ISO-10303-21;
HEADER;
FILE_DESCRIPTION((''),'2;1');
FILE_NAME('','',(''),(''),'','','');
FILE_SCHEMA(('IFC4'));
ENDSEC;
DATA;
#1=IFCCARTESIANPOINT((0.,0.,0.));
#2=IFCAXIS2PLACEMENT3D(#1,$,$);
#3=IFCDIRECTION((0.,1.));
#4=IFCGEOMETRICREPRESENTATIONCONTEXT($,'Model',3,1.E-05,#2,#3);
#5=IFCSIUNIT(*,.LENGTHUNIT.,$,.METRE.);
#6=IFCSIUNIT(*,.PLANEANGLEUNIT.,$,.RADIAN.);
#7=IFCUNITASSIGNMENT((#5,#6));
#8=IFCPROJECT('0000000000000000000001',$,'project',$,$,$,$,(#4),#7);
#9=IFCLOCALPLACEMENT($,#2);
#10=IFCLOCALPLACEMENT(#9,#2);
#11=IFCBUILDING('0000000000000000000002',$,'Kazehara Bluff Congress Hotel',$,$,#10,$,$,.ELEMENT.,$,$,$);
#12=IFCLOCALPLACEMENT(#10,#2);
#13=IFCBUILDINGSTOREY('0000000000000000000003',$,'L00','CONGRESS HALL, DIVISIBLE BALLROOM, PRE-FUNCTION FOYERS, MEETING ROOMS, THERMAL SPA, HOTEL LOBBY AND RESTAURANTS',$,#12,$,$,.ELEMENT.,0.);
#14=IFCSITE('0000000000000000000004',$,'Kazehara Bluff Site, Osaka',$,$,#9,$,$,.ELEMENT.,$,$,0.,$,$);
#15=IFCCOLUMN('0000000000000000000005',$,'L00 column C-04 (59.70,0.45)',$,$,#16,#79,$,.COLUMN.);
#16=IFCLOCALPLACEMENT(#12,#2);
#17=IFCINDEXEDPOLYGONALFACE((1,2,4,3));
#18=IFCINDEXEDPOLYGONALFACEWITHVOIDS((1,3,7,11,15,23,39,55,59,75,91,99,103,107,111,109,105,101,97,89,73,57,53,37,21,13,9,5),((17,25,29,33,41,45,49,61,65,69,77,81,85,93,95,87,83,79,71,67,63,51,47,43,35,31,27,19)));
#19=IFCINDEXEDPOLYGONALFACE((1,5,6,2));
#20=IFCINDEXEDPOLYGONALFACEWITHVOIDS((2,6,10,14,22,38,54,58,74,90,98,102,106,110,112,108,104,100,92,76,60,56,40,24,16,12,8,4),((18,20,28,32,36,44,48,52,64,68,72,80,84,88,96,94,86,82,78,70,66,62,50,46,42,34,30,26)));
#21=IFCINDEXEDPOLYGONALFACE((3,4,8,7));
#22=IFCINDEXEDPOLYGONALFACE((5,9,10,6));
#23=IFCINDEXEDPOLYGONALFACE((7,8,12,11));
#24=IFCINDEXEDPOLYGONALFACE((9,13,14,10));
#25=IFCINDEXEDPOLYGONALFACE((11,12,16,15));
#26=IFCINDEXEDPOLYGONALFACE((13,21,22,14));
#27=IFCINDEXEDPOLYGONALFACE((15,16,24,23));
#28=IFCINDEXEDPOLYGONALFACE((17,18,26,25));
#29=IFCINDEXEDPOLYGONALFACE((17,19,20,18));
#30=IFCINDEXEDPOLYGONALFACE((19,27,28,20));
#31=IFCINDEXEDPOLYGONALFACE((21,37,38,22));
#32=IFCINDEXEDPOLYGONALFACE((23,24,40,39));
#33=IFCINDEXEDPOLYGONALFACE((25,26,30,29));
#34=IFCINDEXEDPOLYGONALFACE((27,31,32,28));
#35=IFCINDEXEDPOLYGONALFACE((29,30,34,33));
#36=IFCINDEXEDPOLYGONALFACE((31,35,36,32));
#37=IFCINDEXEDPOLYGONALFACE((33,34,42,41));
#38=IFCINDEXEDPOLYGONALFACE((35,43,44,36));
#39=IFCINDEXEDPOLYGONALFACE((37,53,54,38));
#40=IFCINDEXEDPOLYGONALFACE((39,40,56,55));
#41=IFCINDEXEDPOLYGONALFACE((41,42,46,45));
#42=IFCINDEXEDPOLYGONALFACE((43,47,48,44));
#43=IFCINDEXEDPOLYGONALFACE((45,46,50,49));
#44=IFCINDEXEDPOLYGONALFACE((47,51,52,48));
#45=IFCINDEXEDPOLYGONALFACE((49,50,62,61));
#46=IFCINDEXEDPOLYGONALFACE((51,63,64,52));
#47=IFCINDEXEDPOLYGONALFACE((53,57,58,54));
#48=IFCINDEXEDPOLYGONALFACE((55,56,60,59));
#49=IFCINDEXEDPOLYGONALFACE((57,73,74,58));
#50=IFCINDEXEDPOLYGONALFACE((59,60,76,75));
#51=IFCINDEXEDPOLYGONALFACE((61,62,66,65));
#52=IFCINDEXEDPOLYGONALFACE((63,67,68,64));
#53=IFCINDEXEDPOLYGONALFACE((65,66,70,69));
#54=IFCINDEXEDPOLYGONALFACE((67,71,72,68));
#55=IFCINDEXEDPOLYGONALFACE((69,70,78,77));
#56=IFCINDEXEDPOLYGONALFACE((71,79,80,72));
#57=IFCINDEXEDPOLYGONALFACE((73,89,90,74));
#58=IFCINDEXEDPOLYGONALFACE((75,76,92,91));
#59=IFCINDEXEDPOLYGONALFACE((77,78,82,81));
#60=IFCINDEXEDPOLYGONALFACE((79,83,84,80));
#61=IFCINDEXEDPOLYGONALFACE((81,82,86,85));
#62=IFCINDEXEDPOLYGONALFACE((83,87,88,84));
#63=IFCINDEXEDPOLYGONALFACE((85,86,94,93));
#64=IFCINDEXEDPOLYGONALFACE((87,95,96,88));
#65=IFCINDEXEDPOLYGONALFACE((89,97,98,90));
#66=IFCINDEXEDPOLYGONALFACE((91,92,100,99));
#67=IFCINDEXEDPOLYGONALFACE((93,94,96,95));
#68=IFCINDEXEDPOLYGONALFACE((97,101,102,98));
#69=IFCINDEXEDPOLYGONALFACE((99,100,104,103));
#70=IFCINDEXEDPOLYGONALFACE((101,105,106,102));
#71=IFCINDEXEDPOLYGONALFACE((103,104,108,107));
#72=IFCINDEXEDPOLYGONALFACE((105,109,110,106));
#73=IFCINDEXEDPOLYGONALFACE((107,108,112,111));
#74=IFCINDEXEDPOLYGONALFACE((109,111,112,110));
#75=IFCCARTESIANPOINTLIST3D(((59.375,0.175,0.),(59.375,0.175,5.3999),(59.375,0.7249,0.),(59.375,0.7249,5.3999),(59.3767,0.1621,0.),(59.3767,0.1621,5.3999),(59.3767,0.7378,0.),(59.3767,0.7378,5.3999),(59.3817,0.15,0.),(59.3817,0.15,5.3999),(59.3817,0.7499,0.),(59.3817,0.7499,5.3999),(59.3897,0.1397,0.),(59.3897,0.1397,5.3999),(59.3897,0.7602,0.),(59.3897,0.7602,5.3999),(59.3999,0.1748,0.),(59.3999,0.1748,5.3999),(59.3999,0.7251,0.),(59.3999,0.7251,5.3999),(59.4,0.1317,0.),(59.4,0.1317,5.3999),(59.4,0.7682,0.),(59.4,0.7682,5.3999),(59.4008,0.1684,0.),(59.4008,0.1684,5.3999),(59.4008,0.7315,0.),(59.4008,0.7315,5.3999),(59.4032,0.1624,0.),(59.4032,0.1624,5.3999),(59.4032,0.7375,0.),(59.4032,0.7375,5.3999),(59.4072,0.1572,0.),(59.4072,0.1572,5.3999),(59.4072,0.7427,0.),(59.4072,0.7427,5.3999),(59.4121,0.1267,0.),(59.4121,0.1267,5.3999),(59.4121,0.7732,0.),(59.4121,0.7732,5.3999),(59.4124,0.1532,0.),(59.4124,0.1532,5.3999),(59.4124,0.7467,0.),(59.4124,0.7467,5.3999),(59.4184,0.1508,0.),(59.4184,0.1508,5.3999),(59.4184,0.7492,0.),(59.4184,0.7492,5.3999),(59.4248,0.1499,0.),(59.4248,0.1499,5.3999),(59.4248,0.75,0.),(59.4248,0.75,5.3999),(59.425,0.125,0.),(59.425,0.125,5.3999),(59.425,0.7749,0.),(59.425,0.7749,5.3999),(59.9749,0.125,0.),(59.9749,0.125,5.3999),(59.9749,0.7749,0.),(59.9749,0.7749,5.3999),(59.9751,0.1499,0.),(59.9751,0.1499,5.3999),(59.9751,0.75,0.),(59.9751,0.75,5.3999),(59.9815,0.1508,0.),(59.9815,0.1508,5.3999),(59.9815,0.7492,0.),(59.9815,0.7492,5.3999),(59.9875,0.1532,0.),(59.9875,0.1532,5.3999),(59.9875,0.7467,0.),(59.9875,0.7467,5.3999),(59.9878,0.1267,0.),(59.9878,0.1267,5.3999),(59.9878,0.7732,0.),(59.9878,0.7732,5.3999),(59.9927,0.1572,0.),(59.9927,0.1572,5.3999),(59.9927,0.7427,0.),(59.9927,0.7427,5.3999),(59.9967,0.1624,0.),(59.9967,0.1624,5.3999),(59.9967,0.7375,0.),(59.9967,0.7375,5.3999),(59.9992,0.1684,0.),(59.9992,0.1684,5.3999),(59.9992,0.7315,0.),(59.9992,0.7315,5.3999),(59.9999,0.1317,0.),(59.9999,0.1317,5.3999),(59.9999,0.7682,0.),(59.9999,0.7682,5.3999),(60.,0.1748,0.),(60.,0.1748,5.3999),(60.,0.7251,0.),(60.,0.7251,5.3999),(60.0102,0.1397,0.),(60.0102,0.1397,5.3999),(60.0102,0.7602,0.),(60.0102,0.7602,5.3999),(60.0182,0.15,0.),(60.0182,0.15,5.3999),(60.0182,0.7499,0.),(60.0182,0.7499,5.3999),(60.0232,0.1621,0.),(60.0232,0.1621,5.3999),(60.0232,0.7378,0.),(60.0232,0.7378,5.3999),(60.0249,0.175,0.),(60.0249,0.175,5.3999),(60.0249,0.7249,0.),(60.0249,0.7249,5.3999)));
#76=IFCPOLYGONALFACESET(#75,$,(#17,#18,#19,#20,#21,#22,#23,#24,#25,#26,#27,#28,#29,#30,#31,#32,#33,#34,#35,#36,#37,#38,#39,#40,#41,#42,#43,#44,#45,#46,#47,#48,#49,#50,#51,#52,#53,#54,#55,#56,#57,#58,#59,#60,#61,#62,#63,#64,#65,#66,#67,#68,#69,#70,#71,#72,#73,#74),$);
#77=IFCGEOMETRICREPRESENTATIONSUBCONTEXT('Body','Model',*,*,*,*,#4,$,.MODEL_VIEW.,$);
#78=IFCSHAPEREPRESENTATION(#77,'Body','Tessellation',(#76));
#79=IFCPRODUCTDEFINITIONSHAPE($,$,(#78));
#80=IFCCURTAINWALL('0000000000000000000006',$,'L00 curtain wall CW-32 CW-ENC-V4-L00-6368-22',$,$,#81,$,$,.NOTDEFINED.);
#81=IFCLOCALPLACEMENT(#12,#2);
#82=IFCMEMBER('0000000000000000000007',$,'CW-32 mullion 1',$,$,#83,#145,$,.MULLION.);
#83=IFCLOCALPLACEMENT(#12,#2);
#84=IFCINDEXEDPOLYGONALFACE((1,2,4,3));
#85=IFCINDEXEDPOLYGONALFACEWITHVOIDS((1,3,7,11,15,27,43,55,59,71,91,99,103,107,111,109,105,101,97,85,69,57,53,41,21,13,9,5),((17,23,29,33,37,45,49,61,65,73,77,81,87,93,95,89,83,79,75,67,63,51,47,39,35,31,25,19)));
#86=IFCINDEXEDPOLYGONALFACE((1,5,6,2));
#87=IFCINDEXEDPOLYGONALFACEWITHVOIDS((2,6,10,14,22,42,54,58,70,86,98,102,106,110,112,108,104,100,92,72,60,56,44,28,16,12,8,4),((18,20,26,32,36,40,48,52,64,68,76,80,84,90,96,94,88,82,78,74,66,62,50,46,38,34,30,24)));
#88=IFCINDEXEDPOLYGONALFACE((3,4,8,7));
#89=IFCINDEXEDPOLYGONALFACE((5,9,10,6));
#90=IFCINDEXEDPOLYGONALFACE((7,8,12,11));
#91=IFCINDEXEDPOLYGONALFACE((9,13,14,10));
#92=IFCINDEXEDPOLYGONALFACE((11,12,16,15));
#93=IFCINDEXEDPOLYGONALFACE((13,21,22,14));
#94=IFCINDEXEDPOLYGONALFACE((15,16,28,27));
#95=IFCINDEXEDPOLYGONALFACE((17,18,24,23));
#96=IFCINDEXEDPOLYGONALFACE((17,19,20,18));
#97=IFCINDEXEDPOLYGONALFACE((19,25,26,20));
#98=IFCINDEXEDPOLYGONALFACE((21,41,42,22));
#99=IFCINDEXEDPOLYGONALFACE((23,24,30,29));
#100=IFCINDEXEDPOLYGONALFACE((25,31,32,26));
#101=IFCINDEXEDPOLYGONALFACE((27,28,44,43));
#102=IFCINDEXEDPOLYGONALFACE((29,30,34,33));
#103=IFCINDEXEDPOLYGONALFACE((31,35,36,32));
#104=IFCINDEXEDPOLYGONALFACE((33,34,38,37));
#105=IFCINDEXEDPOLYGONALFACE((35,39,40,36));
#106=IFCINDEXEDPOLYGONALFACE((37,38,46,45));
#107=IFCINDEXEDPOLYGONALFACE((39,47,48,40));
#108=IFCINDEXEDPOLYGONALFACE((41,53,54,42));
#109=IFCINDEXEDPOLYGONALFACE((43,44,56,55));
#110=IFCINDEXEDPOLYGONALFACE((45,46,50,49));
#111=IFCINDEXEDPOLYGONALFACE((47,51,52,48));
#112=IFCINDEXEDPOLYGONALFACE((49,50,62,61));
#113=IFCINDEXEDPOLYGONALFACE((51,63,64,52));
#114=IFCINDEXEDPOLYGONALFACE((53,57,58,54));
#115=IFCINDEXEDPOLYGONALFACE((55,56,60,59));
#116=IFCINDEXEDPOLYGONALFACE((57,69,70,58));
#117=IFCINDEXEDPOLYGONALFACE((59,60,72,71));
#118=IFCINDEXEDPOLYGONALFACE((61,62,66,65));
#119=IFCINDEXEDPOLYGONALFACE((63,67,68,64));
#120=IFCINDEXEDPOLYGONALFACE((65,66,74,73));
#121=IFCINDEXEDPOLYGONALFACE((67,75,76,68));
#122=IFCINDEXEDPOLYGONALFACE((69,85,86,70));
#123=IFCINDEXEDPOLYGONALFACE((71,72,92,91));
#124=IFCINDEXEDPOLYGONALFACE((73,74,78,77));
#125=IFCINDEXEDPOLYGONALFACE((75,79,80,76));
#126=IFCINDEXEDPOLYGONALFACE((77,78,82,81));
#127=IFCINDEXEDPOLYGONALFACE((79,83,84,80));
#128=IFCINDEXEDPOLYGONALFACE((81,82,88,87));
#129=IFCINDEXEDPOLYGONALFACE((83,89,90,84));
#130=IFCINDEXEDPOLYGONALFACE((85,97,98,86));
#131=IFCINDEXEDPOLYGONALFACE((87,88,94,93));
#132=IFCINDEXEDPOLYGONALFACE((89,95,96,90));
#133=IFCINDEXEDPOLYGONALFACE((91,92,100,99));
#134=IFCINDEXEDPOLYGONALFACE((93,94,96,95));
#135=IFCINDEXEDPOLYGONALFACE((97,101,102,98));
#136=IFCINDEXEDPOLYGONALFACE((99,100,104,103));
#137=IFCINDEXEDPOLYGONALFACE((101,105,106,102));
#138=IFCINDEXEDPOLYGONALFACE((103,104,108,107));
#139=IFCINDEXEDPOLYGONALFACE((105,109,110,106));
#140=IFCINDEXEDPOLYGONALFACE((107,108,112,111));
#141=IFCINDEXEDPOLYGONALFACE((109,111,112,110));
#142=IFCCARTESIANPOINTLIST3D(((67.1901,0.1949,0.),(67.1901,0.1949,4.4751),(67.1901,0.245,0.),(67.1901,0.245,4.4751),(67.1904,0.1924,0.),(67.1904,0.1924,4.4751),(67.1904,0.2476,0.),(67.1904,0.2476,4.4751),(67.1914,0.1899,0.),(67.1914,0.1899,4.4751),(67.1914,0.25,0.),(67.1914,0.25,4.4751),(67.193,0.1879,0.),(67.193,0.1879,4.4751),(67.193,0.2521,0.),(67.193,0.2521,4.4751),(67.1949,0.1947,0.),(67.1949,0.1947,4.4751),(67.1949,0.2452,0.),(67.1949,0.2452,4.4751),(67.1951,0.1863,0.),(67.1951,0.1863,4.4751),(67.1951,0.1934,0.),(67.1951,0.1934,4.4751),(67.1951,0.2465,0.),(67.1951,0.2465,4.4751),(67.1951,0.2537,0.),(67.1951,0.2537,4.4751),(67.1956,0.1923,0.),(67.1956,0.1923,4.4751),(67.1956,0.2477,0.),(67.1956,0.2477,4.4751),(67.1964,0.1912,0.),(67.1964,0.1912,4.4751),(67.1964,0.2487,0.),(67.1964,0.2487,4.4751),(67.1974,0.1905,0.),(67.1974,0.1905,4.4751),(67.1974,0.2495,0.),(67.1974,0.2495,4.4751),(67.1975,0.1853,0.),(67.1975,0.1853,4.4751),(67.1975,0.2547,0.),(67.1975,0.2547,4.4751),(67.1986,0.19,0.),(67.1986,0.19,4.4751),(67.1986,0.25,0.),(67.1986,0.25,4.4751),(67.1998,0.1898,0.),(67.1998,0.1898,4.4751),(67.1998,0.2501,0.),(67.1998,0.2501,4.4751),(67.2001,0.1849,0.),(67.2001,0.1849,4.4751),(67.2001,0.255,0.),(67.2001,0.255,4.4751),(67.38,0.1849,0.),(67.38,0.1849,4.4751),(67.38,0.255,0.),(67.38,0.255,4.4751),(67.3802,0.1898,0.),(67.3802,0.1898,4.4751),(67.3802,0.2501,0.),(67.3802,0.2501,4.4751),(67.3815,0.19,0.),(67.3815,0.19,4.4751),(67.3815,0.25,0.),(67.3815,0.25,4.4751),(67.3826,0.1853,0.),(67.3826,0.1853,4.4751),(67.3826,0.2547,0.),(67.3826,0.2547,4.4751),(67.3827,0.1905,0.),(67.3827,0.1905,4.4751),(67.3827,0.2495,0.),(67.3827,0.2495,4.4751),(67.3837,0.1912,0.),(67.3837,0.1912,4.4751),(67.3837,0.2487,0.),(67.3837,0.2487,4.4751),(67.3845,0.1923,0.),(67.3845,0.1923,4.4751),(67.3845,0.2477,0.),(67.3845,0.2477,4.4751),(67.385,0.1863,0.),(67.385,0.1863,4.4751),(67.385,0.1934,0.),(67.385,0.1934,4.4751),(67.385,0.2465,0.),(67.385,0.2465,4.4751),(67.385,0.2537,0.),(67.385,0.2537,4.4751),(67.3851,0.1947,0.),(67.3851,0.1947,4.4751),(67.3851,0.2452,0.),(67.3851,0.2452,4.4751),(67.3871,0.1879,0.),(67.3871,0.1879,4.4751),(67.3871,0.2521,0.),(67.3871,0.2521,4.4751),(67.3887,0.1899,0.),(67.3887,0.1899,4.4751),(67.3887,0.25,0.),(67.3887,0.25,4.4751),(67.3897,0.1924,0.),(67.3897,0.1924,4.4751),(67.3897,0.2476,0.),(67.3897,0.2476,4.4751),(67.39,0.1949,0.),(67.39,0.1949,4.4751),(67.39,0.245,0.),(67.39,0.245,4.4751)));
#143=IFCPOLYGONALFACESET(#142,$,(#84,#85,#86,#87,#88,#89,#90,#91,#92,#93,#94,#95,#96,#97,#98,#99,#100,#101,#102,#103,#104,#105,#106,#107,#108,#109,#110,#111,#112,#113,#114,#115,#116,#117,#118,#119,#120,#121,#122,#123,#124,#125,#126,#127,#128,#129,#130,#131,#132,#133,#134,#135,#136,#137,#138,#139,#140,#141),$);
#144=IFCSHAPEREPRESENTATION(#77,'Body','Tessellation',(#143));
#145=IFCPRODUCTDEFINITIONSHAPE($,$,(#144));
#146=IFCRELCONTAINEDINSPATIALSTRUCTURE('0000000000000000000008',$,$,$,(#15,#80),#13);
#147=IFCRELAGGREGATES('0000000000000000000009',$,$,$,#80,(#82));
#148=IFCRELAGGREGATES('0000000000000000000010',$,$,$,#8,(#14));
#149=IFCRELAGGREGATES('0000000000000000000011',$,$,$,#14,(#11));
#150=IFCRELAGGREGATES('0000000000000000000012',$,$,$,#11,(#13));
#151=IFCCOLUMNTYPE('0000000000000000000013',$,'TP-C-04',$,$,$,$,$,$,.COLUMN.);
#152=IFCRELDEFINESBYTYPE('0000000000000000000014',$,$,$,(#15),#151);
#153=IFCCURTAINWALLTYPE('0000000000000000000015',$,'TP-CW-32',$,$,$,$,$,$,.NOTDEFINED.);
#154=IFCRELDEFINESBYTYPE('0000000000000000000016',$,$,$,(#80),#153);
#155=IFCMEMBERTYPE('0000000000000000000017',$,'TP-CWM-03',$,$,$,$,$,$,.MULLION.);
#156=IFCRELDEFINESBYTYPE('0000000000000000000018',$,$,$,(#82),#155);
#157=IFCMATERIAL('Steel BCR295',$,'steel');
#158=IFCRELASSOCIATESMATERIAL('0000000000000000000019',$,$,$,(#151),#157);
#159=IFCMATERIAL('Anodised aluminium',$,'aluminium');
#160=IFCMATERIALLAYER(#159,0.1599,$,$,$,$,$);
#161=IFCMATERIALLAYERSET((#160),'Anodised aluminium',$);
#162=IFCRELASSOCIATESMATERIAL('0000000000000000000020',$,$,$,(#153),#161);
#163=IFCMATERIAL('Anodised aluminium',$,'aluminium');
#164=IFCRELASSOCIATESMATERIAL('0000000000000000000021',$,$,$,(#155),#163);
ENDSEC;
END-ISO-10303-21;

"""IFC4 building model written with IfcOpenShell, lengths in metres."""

from ifc_helpers import new_model, si_unit, direction, frame, origin, origin_2d, place, context, subcontext, project, spatial, hollow_rectangle, extrude, material, layer, layer_set, material_profile, profile_set, type_object, element, aggregate, save


model = new_model("IFC4")

# Units and contexts
model_context = context("Model", 3, precision=1e-05, world=origin(), true_north=direction((0.0, 1.0)))
body_context = subcontext(model_context, "Body", "Model", "MODEL_VIEW")
ifc_project = project(units=[si_unit("LENGTHUNIT", "METRE"), si_unit("PLANEANGLEUNIT", "RADIAN")], contexts=[model_context])

# Site, building, storey
site_placement = place(None, origin())
site = spatial("IfcSite", under=ifc_project, at=site_placement, Name="Kazehara Bluff Site, Osaka", CompositionType="ELEMENT", RefElevation=0.0)
building_placement = place(site_placement, origin())
building = spatial("IfcBuilding", under=site, at=building_placement, Name="Kazehara Bluff Congress Hotel", CompositionType="ELEMENT")
storey_placement = place(building_placement, origin())
storey = spatial("IfcBuildingStorey", under=building, at=storey_placement, Name="L00", Description="CONGRESS HALL, DIVISIBLE BALLROOM, PRE-FUNCTION FOYERS, MEETING ROOMS, THERMAL SPA, HOTEL LOBBY AND RESTAURANTS", CompositionType="ELEMENT", Elevation=0.0)

# Column
ifc_material_1 = material(Name="Steel BCR295", Category="steel")
ifc_material_profile_1 = material_profile(ifc_material_1, hollow_rectangle(XDim=0.6499, YDim=0.6499, WallThickness=0.0249, InnerFilletRadius=0.0249, OuterFilletRadius=0.05, at=origin_2d()))
ifc_profile_set_1 = profile_set([ifc_material_profile_1], Name="Steel BCR295")
column_type = type_object("IfcColumnType", Name="TP-C-04", PredefinedType="COLUMN", material=ifc_profile_set_1)
column_placement = place(storey_placement, frame((59.7, 0.45, 0.0), z_axis=(0.0, 0.0, 1.0), x_axis=(1.0, 0.0, 0.0)))
element("IfcColumn", 1, at=column_placement, inside=storey, type_object=column_type, Name="L00 column C-04 (59.70,0.45)", PredefinedType="COLUMN", context=body_context, shape_type="SweptSolid", body=[
    extrude(hollow_rectangle(XDim=0.6499, YDim=0.6499, WallThickness=0.0249, InnerFilletRadius=0.0249, OuterFilletRadius=0.05, at=origin_2d()), origin(), (0.0, 0.0, 1.0), 5.3999),
])

# Curtain wall, member
ifc_material_2 = material(Name="Anodised aluminium", Category="aluminium")
ifc_layer_1 = layer(ifc_material_2, 0.1599)
ifc_layer_set_1 = layer_set([ifc_layer_1], Name="Anodised aluminium")
curtain_wall_type = type_object("IfcCurtainWallType", Name="TP-CW-32", PredefinedType="NOTDEFINED", material=ifc_layer_set_1)
curtain_wall_placement = place(storey_placement, origin())
curtain_wall = element("IfcCurtainWall", 2, at=curtain_wall_placement, inside=storey, type_object=curtain_wall_type, Name="L00 curtain wall CW-32 CW-ENC-V4-L00-6368-22", PredefinedType="NOTDEFINED")
ifc_material_3 = material(Name="Anodised aluminium", Category="aluminium")
ifc_material_profile_2 = material_profile(ifc_material_3, hollow_rectangle(XDim=0.0701, YDim=0.2, WallThickness=0.0049, InnerFilletRadius=0.0049, OuterFilletRadius=0.01, at=origin_2d()))
ifc_profile_set_2 = profile_set([ifc_material_profile_2], Name="Anodised aluminium")
member_type_1 = type_object("IfcMemberType", Name="TP-CWM-03", PredefinedType="MULLION", material=ifc_profile_set_2)
member_1_placement = place(storey_placement, frame((67.29, 0.22, 0.0), z_axis=(0.0, 0.0, 1.0), x_axis=(0.0, -1.0, 0.0)))
member_1 = element("IfcMember", 3, at=member_1_placement, type_object=member_type_1, Name="CW-32 mullion 1", PredefinedType="MULLION", context=body_context, shape_type="SweptSolid", body=[
    extrude(hollow_rectangle(XDim=0.0701, YDim=0.2, WallThickness=0.0049, InnerFilletRadius=0.0049, OuterFilletRadius=0.01, at=origin_2d()), origin(), (0.0, 0.0, 1.0), 4.4751),
])
aggregate(curtain_wall, [member_1])

save(model, "model.ifc")
